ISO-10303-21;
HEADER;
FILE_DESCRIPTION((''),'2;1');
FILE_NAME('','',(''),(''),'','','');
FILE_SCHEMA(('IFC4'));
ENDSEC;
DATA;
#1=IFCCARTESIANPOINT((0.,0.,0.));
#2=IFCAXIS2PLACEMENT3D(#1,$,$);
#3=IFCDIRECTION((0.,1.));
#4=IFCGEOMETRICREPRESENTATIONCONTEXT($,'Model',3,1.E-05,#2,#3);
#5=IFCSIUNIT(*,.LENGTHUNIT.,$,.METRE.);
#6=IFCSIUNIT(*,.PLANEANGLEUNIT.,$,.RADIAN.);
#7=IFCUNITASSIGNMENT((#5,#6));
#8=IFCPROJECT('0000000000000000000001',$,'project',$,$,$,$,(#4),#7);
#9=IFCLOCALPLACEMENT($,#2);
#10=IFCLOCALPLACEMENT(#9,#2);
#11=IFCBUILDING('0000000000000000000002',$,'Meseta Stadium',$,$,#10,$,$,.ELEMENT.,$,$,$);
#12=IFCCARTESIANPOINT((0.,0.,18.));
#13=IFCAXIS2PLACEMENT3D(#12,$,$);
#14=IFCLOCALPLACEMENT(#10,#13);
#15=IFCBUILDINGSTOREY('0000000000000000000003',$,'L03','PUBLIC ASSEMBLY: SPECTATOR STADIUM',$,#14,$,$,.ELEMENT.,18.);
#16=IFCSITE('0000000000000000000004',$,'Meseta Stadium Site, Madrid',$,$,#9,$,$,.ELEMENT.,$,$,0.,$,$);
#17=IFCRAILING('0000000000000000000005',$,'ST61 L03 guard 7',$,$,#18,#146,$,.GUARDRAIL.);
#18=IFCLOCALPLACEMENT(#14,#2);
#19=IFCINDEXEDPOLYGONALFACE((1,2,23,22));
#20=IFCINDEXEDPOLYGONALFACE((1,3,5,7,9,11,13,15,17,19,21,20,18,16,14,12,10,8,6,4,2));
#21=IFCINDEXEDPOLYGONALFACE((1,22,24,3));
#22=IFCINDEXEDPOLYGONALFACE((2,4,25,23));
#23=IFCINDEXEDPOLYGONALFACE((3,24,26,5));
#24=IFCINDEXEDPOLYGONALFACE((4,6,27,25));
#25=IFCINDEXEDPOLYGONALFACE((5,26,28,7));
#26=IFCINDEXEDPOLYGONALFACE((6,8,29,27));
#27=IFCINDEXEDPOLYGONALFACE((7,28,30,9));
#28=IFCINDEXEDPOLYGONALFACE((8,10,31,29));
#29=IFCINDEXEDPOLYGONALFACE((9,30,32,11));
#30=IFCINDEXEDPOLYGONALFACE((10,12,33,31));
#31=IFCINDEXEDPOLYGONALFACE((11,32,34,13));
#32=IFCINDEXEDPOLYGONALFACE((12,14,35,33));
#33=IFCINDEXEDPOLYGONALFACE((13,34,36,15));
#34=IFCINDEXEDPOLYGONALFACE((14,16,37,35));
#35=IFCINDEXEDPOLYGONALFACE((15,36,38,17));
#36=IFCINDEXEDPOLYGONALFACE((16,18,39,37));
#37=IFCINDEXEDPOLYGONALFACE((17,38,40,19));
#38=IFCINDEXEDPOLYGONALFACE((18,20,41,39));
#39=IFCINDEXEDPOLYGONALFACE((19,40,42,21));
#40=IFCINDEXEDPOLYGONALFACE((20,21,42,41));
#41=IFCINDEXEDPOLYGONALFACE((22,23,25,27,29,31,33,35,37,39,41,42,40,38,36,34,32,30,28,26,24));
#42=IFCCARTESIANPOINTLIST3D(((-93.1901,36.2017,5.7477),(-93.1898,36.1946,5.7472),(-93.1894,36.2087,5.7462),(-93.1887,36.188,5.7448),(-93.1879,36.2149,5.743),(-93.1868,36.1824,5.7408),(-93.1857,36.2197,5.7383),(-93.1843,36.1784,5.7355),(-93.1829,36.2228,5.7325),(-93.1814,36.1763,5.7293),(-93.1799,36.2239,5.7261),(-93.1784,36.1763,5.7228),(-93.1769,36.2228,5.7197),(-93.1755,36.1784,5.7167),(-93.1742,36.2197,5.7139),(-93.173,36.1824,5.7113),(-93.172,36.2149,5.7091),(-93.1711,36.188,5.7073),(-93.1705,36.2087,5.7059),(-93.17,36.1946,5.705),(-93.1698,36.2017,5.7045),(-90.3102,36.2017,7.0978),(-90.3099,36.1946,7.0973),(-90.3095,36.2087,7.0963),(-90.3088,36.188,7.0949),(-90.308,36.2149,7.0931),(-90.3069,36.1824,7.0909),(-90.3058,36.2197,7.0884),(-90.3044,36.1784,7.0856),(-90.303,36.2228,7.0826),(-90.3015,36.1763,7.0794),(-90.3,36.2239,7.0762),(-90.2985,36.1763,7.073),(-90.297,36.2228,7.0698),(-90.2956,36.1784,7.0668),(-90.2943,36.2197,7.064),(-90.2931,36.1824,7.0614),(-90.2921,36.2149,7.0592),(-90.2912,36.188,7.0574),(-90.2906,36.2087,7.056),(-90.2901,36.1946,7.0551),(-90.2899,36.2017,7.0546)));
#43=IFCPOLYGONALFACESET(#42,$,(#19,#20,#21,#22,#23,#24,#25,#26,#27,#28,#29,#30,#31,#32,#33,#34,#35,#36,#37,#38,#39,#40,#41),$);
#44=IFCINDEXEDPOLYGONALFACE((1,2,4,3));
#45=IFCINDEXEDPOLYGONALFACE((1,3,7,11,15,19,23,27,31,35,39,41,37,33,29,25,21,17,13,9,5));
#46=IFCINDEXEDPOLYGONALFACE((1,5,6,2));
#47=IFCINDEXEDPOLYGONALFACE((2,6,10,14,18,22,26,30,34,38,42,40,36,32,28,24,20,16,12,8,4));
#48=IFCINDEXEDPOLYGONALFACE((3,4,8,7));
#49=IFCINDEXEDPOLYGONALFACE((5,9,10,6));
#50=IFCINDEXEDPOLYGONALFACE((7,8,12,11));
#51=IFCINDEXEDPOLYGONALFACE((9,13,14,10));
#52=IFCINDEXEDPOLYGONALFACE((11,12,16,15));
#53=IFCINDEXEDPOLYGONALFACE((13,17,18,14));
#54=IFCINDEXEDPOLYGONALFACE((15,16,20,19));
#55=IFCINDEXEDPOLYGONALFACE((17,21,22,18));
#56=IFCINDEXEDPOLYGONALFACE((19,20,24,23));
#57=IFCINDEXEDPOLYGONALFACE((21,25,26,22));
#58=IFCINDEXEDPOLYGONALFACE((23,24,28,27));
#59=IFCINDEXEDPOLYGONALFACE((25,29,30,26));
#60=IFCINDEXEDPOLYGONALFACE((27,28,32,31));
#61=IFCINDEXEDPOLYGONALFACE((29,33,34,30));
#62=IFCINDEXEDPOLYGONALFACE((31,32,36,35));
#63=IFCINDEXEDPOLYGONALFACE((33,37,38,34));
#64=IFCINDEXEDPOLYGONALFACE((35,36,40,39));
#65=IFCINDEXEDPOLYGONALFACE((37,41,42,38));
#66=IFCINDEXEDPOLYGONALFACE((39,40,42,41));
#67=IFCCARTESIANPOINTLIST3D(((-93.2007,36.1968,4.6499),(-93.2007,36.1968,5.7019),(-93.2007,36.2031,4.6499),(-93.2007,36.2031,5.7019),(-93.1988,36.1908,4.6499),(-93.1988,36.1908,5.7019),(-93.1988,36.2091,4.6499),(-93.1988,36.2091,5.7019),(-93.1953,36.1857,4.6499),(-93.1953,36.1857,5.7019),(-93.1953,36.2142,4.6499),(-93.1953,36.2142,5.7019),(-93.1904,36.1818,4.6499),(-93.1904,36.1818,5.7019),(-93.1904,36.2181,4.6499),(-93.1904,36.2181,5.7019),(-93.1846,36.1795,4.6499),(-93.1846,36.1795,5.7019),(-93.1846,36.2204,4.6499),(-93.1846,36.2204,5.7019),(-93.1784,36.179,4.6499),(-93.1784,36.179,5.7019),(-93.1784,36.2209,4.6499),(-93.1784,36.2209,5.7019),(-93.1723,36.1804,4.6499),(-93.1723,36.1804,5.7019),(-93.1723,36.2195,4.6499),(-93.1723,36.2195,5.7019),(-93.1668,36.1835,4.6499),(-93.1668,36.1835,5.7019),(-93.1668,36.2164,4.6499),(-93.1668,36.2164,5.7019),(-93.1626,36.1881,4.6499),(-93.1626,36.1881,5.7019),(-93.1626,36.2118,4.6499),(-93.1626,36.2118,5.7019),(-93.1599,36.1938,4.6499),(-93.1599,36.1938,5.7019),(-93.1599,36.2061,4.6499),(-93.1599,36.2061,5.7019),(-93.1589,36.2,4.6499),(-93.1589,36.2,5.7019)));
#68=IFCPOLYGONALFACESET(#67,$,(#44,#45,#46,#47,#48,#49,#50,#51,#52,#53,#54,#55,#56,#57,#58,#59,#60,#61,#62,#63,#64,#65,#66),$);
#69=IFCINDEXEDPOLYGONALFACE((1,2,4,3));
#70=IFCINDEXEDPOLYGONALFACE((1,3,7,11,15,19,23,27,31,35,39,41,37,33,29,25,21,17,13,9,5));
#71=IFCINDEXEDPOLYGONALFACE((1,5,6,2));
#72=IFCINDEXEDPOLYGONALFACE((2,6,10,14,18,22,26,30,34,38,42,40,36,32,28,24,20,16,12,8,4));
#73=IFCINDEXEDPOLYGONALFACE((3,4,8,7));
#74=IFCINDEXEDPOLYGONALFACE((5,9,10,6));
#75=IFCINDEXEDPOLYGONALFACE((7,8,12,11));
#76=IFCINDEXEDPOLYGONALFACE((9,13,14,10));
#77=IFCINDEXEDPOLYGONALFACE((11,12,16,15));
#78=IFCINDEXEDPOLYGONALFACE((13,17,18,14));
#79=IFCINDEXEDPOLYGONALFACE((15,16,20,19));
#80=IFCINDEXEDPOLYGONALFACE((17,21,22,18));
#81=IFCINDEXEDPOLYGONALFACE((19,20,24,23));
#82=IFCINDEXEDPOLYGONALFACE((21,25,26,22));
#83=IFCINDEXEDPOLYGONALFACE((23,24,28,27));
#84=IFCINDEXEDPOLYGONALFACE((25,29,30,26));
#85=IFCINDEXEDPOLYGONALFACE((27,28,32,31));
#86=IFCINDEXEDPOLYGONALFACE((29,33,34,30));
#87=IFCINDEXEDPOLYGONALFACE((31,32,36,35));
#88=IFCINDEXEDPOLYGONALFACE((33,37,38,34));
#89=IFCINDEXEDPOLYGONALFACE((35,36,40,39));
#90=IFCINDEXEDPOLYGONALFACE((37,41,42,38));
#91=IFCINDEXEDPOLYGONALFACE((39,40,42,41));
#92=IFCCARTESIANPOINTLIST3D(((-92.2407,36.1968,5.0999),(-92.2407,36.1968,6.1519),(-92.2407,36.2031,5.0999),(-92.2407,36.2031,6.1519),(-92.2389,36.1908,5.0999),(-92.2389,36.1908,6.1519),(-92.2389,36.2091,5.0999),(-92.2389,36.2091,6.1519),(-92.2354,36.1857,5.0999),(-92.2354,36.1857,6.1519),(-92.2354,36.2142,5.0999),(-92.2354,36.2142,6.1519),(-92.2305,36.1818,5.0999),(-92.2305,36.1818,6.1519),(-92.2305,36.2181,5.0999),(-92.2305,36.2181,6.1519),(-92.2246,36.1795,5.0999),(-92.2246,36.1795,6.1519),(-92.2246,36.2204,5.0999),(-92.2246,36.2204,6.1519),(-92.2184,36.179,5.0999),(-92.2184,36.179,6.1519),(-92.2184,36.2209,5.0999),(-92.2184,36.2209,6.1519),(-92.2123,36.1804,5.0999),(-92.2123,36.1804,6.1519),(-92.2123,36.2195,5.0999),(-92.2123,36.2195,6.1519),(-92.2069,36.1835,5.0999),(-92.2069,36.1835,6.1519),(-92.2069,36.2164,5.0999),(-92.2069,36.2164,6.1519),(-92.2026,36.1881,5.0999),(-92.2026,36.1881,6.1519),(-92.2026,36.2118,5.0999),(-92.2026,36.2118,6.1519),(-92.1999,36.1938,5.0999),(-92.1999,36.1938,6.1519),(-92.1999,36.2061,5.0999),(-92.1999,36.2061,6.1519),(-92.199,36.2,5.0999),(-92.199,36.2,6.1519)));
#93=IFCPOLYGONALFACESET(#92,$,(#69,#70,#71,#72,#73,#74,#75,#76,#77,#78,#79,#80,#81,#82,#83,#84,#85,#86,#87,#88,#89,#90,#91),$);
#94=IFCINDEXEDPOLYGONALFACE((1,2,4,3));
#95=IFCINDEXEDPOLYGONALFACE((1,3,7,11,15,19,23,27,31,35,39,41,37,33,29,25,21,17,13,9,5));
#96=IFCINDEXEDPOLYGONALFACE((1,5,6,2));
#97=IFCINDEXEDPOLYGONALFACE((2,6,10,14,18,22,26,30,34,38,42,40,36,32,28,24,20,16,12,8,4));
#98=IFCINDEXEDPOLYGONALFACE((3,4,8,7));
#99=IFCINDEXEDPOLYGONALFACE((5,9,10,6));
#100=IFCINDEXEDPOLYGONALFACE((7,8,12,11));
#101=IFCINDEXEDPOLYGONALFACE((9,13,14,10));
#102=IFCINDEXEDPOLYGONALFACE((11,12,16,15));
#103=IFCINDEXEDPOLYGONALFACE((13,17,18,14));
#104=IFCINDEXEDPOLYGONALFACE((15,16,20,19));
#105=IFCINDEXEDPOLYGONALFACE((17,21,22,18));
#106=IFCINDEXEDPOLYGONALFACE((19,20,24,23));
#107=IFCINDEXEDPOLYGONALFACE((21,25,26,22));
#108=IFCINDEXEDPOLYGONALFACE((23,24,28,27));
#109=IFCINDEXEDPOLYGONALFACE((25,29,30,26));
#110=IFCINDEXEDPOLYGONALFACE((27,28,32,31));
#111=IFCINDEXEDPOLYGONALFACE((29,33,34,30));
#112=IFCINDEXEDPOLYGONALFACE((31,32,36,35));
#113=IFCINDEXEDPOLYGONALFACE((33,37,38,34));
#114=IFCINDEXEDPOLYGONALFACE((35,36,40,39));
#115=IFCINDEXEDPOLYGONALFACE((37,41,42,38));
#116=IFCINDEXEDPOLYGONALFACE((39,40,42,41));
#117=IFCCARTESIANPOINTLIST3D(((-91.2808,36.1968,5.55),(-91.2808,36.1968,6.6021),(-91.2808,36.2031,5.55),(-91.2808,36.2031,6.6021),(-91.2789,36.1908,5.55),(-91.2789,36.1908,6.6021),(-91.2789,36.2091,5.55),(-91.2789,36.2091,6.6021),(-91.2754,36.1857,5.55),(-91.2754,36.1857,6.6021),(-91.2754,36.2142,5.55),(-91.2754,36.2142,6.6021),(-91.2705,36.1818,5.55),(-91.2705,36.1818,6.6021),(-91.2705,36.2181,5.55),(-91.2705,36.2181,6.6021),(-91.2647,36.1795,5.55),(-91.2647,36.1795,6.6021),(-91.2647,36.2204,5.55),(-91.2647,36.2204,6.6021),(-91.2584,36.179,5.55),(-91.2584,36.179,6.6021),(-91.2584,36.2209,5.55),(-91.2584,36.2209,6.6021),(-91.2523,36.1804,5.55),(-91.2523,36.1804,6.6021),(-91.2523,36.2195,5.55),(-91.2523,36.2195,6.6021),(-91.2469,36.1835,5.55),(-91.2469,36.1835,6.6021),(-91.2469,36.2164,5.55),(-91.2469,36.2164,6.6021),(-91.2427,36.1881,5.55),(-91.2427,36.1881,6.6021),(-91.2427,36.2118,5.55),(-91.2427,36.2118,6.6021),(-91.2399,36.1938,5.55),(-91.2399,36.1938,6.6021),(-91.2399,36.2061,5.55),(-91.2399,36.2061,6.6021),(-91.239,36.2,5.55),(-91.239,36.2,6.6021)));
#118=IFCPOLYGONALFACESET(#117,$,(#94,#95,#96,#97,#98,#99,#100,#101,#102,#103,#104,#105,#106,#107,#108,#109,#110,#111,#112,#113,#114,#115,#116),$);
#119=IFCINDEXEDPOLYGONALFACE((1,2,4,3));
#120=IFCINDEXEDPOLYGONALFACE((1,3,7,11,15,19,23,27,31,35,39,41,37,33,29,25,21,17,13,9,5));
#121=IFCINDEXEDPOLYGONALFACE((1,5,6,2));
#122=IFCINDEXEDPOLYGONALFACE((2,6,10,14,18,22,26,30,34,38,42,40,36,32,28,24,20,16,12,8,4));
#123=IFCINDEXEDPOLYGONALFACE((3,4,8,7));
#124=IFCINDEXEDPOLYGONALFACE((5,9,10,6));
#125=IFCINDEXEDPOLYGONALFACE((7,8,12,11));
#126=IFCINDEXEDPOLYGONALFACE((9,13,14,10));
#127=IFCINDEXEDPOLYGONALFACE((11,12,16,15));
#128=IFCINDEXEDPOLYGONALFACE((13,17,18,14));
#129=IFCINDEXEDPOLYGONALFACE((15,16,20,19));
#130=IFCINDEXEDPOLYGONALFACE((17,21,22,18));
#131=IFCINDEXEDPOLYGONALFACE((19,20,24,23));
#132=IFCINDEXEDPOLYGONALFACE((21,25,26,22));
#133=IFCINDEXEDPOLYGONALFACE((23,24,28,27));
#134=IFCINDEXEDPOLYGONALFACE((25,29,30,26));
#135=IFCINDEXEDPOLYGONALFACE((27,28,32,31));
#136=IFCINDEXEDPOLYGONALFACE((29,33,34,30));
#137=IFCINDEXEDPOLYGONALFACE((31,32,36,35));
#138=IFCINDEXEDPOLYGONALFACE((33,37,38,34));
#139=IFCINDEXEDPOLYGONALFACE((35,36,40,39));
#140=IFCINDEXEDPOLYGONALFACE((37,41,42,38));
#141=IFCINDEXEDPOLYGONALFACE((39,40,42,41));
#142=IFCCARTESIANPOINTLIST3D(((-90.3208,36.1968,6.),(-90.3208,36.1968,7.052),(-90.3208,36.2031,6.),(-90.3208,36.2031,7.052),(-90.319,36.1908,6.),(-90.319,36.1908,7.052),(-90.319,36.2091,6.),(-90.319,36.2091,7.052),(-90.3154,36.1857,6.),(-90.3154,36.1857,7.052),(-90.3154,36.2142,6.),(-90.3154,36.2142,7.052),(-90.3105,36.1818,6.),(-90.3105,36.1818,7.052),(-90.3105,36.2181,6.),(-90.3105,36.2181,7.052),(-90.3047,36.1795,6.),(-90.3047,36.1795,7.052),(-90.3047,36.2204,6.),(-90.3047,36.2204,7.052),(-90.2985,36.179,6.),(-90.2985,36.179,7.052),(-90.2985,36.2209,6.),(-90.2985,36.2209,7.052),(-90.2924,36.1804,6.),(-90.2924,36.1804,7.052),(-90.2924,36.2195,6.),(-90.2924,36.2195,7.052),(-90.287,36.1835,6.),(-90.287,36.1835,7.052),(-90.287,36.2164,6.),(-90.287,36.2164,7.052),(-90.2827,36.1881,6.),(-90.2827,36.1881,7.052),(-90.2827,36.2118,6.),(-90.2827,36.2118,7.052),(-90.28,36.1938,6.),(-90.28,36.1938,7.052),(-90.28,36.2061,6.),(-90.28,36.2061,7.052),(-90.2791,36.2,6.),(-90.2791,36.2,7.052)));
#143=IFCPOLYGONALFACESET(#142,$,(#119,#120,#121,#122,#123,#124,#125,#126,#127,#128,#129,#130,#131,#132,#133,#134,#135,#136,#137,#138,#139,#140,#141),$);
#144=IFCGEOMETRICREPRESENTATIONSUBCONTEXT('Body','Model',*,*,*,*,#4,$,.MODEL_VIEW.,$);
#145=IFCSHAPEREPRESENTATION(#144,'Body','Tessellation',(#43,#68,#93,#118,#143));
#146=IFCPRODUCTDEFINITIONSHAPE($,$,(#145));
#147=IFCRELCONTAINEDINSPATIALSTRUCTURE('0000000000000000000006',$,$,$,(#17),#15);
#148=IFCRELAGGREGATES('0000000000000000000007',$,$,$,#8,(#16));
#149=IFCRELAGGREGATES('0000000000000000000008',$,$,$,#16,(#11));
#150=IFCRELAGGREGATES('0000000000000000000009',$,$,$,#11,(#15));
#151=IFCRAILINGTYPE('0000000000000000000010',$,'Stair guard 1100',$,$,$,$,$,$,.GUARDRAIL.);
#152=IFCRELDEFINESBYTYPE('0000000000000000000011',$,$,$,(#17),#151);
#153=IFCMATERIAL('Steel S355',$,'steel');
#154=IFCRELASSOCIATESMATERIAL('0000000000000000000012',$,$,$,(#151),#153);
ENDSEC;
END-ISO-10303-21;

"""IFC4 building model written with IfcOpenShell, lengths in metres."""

from ifc_helpers import new_model, si_unit, direction, frame, origin, origin_2d, place, context, subcontext, project, spatial, circle, extrude, material, type_object, element, save


model = new_model("IFC4")

# Units and contexts
model_context = context("Model", 3, precision=1e-05, world=origin(), true_north=direction((0.0, 1.0)))
body_context = subcontext(model_context, "Body", "Model", "MODEL_VIEW")
ifc_project = project(units=[si_unit("LENGTHUNIT", "METRE"), si_unit("PLANEANGLEUNIT", "RADIAN")], contexts=[model_context])

# Site, building, storey
site_placement = place(None, origin())
site = spatial("IfcSite", under=ifc_project, at=site_placement, Name="Meseta Stadium Site, Madrid", CompositionType="ELEMENT", RefElevation=0.0)
building_placement = place(site_placement, origin())
building = spatial("IfcBuilding", under=site, at=building_placement, Name="Meseta Stadium", CompositionType="ELEMENT")
storey_placement = place(building_placement, frame((0.0, 0.0, 18.0)))
storey = spatial("IfcBuildingStorey", under=building, at=storey_placement, Name="L03", Description="PUBLIC ASSEMBLY: SPECTATOR STADIUM", CompositionType="ELEMENT", Elevation=18.0)

# Railing
ifc_material_1 = material(Name="Steel S355", Category="steel")
railing_type_1 = type_object("IfcRailingType", Name="Stair guard 1100", PredefinedType="GUARDRAIL", material=ifc_material_1)
railing_1_placement = place(storey_placement, frame((-93.1799, 36.2, 4.6499)))
element("IfcRailing", 1, at=railing_1_placement, inside=storey, type_object=railing_type_1, Name="ST61 L03 guard 7", PredefinedType="GUARDRAIL", context=body_context, shape_type="SweptSolid", body=[
    extrude(circle(Radius=0.0239, at=origin_2d()), frame((0.0, 0.0, 1.0762), z_axis=(0.90544, 0.0, 0.424473), x_axis=(0.0, 1.0, 0.0)), (0.0, 0.0, 1.0), 3.1807),
    extrude(circle(Radius=0.021, at=origin_2d()), origin(), (0.0, 0.0, 1.0), 1.052),
    extrude(circle(Radius=0.021, at=origin_2d()), frame((0.96, 0.0, 0.45)), (0.0, 0.0, 1.0), 1.052),
    extrude(circle(Radius=0.021, at=origin_2d()), frame((1.9199, 0.0, 0.9001)), (0.0, 0.0, 1.0), 1.052),
    extrude(circle(Radius=0.021, at=origin_2d()), frame((2.8799, 0.0, 1.3501)), (0.0, 0.0, 1.0), 1.052),
])

save(model, "model.ifc")
